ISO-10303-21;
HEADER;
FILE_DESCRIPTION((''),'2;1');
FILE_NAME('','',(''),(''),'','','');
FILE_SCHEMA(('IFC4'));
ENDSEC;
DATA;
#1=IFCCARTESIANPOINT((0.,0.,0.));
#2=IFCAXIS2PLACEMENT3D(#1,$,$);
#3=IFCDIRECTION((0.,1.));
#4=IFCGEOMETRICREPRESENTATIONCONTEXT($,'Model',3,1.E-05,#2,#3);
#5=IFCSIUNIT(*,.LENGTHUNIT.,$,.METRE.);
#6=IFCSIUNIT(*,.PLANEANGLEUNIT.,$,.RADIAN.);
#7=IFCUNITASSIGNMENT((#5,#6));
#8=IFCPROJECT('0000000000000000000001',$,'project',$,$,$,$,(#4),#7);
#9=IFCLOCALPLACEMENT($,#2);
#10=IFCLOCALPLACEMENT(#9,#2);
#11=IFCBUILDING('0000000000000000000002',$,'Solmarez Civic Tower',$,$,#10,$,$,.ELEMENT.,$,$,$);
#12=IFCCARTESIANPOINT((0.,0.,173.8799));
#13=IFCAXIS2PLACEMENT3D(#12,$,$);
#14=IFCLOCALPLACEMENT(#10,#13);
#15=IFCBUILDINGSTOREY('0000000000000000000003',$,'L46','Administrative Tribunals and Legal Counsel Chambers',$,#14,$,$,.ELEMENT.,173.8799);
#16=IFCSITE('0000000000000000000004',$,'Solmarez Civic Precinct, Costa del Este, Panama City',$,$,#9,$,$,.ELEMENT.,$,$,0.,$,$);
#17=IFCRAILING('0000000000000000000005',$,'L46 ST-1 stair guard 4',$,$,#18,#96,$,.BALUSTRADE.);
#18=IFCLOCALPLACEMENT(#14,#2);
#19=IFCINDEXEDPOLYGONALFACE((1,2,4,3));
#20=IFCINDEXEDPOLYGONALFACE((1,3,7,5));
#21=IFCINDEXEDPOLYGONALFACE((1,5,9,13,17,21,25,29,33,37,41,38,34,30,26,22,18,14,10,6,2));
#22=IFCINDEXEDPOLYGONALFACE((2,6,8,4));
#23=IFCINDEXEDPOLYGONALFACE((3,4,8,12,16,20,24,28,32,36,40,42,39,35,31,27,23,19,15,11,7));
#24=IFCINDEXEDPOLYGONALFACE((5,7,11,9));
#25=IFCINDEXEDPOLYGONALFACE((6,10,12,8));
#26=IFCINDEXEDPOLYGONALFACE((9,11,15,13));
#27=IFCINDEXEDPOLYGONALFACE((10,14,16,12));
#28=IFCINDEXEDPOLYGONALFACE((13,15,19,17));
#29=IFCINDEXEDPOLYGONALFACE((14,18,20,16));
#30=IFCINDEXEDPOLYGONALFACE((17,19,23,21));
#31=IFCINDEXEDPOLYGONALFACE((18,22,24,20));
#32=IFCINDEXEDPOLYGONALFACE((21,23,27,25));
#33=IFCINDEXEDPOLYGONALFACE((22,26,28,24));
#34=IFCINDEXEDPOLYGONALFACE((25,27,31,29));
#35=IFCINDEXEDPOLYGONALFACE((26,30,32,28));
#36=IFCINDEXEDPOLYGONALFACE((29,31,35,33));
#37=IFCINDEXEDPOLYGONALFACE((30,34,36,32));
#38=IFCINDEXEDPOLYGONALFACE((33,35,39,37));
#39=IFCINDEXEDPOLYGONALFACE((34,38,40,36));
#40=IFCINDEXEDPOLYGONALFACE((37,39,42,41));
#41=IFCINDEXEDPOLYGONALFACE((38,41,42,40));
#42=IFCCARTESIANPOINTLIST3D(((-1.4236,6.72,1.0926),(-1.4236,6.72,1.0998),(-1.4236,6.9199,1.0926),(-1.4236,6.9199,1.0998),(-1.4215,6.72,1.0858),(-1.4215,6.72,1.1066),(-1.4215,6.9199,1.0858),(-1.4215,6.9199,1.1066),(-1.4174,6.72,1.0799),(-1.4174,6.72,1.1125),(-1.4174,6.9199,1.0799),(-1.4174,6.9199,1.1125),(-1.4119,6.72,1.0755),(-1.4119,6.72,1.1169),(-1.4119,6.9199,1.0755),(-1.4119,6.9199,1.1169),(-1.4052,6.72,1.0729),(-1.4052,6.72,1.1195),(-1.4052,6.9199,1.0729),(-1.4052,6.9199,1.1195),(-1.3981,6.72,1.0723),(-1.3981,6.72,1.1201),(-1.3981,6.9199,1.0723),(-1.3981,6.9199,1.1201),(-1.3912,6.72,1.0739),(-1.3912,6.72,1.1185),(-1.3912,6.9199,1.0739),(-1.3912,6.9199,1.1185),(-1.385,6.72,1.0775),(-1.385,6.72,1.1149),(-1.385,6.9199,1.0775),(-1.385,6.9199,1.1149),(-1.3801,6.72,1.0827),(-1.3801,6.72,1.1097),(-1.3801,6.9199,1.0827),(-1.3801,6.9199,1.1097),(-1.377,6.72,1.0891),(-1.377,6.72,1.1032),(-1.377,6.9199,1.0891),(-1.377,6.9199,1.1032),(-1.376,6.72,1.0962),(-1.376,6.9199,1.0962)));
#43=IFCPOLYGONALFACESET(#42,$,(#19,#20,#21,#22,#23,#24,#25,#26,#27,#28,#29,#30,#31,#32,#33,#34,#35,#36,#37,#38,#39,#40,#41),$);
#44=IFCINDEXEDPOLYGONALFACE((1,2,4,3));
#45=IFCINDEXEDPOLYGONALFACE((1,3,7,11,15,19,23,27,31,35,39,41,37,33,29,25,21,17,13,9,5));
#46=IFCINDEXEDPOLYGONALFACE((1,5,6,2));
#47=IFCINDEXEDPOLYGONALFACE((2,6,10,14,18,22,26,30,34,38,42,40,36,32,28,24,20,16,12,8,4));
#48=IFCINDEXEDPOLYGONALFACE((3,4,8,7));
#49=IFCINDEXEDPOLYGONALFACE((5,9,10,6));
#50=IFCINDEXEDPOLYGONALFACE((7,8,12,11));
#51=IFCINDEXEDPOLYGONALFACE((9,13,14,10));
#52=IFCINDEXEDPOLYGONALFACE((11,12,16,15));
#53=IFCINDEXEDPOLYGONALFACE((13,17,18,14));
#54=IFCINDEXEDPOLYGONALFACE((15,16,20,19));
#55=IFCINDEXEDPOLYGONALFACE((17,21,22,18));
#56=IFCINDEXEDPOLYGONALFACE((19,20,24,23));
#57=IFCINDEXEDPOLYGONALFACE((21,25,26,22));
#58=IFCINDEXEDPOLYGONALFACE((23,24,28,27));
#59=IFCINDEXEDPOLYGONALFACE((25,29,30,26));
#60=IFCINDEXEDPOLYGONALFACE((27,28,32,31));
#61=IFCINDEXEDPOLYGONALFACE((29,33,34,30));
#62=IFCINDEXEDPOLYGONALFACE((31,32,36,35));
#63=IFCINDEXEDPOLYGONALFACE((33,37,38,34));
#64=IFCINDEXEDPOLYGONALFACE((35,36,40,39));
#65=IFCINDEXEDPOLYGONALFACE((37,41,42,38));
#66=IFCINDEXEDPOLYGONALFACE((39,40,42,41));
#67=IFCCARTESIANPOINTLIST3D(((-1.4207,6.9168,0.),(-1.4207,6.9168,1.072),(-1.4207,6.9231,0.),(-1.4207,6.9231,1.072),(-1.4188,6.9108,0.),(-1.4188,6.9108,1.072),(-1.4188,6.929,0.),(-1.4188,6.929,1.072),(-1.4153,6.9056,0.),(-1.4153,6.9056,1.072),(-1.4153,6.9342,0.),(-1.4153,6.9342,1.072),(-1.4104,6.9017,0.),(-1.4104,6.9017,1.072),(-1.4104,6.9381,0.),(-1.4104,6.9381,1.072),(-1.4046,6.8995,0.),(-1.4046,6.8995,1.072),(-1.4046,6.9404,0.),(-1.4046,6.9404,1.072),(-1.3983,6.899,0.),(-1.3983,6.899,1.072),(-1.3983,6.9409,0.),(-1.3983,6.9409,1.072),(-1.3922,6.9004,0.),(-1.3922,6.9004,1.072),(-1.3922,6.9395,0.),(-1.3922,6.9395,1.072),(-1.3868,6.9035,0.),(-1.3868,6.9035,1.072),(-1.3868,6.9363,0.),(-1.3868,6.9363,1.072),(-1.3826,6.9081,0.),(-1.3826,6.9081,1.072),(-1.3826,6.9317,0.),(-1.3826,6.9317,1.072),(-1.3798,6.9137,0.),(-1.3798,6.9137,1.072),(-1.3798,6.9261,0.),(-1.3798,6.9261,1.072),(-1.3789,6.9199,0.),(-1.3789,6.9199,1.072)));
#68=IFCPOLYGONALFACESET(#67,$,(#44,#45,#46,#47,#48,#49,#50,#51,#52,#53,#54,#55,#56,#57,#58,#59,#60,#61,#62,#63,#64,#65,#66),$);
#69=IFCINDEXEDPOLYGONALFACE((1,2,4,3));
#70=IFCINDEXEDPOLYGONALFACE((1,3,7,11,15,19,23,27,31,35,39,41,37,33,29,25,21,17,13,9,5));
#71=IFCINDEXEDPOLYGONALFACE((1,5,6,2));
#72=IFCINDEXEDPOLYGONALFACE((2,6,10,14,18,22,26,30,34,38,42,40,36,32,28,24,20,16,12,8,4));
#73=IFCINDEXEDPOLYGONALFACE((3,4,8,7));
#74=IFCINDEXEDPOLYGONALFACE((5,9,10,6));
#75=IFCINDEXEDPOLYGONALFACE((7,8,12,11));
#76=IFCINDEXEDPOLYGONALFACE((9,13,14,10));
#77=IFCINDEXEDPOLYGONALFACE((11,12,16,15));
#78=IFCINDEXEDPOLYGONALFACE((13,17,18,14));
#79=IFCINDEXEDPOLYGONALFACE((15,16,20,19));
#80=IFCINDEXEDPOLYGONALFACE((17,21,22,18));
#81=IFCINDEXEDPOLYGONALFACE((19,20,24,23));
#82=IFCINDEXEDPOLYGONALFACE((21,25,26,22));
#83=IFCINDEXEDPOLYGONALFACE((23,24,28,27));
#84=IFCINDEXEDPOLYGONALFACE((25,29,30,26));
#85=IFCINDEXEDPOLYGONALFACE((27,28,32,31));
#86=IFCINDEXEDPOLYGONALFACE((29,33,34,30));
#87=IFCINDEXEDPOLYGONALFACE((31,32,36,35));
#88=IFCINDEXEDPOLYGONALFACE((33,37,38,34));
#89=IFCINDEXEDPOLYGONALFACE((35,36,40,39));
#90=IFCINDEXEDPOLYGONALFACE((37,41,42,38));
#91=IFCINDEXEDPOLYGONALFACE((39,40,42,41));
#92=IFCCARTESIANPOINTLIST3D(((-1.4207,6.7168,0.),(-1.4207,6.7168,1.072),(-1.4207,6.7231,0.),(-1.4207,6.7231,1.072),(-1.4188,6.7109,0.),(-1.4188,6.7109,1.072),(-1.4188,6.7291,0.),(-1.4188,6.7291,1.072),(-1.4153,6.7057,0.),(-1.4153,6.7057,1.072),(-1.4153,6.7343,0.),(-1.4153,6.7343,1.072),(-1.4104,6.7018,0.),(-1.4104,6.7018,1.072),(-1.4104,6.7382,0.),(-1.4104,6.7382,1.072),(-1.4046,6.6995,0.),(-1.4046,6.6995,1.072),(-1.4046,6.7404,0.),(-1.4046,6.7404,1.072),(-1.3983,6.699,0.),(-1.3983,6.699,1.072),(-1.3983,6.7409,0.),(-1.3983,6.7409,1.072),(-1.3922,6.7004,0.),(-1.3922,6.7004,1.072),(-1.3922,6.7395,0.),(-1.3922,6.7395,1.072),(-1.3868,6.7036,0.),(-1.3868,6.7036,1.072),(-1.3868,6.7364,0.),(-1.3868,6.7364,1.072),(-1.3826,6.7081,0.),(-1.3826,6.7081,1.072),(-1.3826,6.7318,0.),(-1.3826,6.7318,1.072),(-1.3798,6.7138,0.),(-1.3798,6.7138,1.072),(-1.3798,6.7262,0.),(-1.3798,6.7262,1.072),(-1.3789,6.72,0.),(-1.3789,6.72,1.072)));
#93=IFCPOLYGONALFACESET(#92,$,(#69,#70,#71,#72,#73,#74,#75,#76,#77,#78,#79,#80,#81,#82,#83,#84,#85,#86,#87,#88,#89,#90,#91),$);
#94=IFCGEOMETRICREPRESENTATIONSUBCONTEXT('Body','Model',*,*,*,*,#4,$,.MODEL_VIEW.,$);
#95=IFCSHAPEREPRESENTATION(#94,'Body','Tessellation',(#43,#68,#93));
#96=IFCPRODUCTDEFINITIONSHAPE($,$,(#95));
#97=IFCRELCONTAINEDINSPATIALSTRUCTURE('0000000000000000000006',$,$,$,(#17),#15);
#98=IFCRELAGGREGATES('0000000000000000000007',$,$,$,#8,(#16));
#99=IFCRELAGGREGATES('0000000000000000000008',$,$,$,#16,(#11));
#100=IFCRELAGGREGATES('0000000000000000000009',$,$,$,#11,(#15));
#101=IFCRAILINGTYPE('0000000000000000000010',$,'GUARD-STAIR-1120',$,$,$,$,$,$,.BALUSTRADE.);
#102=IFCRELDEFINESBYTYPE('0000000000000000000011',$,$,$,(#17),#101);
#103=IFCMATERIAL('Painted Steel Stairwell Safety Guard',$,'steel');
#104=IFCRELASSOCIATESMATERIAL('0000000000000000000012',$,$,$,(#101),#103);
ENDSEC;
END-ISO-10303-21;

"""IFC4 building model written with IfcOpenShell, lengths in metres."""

from ifc_helpers import new_model, si_unit, direction, frame, origin, origin_2d, place, context, subcontext, project, spatial, circle, extrude, material, type_object, element, save


model = new_model("IFC4")

# Units and contexts
model_context = context("Model", 3, precision=1e-05, world=origin(), true_north=direction((0.0, 1.0)))
body_context = subcontext(model_context, "Body", "Model", "MODEL_VIEW")
ifc_project = project(units=[si_unit("LENGTHUNIT", "METRE"), si_unit("PLANEANGLEUNIT", "RADIAN")], contexts=[model_context])

# Site, building, storey
site_placement = place(None, origin())
site = spatial("IfcSite", under=ifc_project, at=site_placement, Name="Solmarez Civic Precinct, Costa del Este, Panama City", CompositionType="ELEMENT", RefElevation=0.0)
building_placement = place(site_placement, origin())
building = spatial("IfcBuilding", under=site, at=building_placement, Name="Solmarez Civic Tower", CompositionType="ELEMENT")
storey_placement = place(building_placement, frame((0.0, 0.0, 173.8799)))
storey = spatial("IfcBuildingStorey", under=building, at=storey_placement, Name="L46", Description="Administrative Tribunals and Legal Counsel Chambers", CompositionType="ELEMENT", Elevation=173.8799)

# Railing
ifc_material_1 = material(Name="Painted Steel Stairwell Safety Guard", Category="steel")
railing_type_1 = type_object("IfcRailingType", Name="GUARD-STAIR-1120", PredefinedType="BALUSTRADE", material=ifc_material_1)
railing_1_placement = place(storey_placement, frame((-1.3999, 6.9199, 0.0)))
element("IfcRailing", 1, at=railing_1_placement, inside=storey, type_object=railing_type_1, Name="L46 ST-1 stair guard 4", PredefinedType="BALUSTRADE", context=body_context, shape_type="SweptSolid", body=[
    extrude(circle(Radius=0.0239, at=origin_2d()), frame((0.0, 0.0, 1.0962), z_axis=(0.0, -1.0, 0.0), x_axis=(1.0, 0.0, 0.0)), (0.0, 0.0, 1.0), 0.2),
    extrude(circle(Radius=0.021, at=origin_2d()), origin(), (0.0, 0.0, 1.0), 1.072),
    extrude(circle(Radius=0.021, at=origin_2d()), frame((0.0, -0.2, 0.0)), (0.0, 0.0, 1.0), 1.072),
])

save(model, "model.ifc")
